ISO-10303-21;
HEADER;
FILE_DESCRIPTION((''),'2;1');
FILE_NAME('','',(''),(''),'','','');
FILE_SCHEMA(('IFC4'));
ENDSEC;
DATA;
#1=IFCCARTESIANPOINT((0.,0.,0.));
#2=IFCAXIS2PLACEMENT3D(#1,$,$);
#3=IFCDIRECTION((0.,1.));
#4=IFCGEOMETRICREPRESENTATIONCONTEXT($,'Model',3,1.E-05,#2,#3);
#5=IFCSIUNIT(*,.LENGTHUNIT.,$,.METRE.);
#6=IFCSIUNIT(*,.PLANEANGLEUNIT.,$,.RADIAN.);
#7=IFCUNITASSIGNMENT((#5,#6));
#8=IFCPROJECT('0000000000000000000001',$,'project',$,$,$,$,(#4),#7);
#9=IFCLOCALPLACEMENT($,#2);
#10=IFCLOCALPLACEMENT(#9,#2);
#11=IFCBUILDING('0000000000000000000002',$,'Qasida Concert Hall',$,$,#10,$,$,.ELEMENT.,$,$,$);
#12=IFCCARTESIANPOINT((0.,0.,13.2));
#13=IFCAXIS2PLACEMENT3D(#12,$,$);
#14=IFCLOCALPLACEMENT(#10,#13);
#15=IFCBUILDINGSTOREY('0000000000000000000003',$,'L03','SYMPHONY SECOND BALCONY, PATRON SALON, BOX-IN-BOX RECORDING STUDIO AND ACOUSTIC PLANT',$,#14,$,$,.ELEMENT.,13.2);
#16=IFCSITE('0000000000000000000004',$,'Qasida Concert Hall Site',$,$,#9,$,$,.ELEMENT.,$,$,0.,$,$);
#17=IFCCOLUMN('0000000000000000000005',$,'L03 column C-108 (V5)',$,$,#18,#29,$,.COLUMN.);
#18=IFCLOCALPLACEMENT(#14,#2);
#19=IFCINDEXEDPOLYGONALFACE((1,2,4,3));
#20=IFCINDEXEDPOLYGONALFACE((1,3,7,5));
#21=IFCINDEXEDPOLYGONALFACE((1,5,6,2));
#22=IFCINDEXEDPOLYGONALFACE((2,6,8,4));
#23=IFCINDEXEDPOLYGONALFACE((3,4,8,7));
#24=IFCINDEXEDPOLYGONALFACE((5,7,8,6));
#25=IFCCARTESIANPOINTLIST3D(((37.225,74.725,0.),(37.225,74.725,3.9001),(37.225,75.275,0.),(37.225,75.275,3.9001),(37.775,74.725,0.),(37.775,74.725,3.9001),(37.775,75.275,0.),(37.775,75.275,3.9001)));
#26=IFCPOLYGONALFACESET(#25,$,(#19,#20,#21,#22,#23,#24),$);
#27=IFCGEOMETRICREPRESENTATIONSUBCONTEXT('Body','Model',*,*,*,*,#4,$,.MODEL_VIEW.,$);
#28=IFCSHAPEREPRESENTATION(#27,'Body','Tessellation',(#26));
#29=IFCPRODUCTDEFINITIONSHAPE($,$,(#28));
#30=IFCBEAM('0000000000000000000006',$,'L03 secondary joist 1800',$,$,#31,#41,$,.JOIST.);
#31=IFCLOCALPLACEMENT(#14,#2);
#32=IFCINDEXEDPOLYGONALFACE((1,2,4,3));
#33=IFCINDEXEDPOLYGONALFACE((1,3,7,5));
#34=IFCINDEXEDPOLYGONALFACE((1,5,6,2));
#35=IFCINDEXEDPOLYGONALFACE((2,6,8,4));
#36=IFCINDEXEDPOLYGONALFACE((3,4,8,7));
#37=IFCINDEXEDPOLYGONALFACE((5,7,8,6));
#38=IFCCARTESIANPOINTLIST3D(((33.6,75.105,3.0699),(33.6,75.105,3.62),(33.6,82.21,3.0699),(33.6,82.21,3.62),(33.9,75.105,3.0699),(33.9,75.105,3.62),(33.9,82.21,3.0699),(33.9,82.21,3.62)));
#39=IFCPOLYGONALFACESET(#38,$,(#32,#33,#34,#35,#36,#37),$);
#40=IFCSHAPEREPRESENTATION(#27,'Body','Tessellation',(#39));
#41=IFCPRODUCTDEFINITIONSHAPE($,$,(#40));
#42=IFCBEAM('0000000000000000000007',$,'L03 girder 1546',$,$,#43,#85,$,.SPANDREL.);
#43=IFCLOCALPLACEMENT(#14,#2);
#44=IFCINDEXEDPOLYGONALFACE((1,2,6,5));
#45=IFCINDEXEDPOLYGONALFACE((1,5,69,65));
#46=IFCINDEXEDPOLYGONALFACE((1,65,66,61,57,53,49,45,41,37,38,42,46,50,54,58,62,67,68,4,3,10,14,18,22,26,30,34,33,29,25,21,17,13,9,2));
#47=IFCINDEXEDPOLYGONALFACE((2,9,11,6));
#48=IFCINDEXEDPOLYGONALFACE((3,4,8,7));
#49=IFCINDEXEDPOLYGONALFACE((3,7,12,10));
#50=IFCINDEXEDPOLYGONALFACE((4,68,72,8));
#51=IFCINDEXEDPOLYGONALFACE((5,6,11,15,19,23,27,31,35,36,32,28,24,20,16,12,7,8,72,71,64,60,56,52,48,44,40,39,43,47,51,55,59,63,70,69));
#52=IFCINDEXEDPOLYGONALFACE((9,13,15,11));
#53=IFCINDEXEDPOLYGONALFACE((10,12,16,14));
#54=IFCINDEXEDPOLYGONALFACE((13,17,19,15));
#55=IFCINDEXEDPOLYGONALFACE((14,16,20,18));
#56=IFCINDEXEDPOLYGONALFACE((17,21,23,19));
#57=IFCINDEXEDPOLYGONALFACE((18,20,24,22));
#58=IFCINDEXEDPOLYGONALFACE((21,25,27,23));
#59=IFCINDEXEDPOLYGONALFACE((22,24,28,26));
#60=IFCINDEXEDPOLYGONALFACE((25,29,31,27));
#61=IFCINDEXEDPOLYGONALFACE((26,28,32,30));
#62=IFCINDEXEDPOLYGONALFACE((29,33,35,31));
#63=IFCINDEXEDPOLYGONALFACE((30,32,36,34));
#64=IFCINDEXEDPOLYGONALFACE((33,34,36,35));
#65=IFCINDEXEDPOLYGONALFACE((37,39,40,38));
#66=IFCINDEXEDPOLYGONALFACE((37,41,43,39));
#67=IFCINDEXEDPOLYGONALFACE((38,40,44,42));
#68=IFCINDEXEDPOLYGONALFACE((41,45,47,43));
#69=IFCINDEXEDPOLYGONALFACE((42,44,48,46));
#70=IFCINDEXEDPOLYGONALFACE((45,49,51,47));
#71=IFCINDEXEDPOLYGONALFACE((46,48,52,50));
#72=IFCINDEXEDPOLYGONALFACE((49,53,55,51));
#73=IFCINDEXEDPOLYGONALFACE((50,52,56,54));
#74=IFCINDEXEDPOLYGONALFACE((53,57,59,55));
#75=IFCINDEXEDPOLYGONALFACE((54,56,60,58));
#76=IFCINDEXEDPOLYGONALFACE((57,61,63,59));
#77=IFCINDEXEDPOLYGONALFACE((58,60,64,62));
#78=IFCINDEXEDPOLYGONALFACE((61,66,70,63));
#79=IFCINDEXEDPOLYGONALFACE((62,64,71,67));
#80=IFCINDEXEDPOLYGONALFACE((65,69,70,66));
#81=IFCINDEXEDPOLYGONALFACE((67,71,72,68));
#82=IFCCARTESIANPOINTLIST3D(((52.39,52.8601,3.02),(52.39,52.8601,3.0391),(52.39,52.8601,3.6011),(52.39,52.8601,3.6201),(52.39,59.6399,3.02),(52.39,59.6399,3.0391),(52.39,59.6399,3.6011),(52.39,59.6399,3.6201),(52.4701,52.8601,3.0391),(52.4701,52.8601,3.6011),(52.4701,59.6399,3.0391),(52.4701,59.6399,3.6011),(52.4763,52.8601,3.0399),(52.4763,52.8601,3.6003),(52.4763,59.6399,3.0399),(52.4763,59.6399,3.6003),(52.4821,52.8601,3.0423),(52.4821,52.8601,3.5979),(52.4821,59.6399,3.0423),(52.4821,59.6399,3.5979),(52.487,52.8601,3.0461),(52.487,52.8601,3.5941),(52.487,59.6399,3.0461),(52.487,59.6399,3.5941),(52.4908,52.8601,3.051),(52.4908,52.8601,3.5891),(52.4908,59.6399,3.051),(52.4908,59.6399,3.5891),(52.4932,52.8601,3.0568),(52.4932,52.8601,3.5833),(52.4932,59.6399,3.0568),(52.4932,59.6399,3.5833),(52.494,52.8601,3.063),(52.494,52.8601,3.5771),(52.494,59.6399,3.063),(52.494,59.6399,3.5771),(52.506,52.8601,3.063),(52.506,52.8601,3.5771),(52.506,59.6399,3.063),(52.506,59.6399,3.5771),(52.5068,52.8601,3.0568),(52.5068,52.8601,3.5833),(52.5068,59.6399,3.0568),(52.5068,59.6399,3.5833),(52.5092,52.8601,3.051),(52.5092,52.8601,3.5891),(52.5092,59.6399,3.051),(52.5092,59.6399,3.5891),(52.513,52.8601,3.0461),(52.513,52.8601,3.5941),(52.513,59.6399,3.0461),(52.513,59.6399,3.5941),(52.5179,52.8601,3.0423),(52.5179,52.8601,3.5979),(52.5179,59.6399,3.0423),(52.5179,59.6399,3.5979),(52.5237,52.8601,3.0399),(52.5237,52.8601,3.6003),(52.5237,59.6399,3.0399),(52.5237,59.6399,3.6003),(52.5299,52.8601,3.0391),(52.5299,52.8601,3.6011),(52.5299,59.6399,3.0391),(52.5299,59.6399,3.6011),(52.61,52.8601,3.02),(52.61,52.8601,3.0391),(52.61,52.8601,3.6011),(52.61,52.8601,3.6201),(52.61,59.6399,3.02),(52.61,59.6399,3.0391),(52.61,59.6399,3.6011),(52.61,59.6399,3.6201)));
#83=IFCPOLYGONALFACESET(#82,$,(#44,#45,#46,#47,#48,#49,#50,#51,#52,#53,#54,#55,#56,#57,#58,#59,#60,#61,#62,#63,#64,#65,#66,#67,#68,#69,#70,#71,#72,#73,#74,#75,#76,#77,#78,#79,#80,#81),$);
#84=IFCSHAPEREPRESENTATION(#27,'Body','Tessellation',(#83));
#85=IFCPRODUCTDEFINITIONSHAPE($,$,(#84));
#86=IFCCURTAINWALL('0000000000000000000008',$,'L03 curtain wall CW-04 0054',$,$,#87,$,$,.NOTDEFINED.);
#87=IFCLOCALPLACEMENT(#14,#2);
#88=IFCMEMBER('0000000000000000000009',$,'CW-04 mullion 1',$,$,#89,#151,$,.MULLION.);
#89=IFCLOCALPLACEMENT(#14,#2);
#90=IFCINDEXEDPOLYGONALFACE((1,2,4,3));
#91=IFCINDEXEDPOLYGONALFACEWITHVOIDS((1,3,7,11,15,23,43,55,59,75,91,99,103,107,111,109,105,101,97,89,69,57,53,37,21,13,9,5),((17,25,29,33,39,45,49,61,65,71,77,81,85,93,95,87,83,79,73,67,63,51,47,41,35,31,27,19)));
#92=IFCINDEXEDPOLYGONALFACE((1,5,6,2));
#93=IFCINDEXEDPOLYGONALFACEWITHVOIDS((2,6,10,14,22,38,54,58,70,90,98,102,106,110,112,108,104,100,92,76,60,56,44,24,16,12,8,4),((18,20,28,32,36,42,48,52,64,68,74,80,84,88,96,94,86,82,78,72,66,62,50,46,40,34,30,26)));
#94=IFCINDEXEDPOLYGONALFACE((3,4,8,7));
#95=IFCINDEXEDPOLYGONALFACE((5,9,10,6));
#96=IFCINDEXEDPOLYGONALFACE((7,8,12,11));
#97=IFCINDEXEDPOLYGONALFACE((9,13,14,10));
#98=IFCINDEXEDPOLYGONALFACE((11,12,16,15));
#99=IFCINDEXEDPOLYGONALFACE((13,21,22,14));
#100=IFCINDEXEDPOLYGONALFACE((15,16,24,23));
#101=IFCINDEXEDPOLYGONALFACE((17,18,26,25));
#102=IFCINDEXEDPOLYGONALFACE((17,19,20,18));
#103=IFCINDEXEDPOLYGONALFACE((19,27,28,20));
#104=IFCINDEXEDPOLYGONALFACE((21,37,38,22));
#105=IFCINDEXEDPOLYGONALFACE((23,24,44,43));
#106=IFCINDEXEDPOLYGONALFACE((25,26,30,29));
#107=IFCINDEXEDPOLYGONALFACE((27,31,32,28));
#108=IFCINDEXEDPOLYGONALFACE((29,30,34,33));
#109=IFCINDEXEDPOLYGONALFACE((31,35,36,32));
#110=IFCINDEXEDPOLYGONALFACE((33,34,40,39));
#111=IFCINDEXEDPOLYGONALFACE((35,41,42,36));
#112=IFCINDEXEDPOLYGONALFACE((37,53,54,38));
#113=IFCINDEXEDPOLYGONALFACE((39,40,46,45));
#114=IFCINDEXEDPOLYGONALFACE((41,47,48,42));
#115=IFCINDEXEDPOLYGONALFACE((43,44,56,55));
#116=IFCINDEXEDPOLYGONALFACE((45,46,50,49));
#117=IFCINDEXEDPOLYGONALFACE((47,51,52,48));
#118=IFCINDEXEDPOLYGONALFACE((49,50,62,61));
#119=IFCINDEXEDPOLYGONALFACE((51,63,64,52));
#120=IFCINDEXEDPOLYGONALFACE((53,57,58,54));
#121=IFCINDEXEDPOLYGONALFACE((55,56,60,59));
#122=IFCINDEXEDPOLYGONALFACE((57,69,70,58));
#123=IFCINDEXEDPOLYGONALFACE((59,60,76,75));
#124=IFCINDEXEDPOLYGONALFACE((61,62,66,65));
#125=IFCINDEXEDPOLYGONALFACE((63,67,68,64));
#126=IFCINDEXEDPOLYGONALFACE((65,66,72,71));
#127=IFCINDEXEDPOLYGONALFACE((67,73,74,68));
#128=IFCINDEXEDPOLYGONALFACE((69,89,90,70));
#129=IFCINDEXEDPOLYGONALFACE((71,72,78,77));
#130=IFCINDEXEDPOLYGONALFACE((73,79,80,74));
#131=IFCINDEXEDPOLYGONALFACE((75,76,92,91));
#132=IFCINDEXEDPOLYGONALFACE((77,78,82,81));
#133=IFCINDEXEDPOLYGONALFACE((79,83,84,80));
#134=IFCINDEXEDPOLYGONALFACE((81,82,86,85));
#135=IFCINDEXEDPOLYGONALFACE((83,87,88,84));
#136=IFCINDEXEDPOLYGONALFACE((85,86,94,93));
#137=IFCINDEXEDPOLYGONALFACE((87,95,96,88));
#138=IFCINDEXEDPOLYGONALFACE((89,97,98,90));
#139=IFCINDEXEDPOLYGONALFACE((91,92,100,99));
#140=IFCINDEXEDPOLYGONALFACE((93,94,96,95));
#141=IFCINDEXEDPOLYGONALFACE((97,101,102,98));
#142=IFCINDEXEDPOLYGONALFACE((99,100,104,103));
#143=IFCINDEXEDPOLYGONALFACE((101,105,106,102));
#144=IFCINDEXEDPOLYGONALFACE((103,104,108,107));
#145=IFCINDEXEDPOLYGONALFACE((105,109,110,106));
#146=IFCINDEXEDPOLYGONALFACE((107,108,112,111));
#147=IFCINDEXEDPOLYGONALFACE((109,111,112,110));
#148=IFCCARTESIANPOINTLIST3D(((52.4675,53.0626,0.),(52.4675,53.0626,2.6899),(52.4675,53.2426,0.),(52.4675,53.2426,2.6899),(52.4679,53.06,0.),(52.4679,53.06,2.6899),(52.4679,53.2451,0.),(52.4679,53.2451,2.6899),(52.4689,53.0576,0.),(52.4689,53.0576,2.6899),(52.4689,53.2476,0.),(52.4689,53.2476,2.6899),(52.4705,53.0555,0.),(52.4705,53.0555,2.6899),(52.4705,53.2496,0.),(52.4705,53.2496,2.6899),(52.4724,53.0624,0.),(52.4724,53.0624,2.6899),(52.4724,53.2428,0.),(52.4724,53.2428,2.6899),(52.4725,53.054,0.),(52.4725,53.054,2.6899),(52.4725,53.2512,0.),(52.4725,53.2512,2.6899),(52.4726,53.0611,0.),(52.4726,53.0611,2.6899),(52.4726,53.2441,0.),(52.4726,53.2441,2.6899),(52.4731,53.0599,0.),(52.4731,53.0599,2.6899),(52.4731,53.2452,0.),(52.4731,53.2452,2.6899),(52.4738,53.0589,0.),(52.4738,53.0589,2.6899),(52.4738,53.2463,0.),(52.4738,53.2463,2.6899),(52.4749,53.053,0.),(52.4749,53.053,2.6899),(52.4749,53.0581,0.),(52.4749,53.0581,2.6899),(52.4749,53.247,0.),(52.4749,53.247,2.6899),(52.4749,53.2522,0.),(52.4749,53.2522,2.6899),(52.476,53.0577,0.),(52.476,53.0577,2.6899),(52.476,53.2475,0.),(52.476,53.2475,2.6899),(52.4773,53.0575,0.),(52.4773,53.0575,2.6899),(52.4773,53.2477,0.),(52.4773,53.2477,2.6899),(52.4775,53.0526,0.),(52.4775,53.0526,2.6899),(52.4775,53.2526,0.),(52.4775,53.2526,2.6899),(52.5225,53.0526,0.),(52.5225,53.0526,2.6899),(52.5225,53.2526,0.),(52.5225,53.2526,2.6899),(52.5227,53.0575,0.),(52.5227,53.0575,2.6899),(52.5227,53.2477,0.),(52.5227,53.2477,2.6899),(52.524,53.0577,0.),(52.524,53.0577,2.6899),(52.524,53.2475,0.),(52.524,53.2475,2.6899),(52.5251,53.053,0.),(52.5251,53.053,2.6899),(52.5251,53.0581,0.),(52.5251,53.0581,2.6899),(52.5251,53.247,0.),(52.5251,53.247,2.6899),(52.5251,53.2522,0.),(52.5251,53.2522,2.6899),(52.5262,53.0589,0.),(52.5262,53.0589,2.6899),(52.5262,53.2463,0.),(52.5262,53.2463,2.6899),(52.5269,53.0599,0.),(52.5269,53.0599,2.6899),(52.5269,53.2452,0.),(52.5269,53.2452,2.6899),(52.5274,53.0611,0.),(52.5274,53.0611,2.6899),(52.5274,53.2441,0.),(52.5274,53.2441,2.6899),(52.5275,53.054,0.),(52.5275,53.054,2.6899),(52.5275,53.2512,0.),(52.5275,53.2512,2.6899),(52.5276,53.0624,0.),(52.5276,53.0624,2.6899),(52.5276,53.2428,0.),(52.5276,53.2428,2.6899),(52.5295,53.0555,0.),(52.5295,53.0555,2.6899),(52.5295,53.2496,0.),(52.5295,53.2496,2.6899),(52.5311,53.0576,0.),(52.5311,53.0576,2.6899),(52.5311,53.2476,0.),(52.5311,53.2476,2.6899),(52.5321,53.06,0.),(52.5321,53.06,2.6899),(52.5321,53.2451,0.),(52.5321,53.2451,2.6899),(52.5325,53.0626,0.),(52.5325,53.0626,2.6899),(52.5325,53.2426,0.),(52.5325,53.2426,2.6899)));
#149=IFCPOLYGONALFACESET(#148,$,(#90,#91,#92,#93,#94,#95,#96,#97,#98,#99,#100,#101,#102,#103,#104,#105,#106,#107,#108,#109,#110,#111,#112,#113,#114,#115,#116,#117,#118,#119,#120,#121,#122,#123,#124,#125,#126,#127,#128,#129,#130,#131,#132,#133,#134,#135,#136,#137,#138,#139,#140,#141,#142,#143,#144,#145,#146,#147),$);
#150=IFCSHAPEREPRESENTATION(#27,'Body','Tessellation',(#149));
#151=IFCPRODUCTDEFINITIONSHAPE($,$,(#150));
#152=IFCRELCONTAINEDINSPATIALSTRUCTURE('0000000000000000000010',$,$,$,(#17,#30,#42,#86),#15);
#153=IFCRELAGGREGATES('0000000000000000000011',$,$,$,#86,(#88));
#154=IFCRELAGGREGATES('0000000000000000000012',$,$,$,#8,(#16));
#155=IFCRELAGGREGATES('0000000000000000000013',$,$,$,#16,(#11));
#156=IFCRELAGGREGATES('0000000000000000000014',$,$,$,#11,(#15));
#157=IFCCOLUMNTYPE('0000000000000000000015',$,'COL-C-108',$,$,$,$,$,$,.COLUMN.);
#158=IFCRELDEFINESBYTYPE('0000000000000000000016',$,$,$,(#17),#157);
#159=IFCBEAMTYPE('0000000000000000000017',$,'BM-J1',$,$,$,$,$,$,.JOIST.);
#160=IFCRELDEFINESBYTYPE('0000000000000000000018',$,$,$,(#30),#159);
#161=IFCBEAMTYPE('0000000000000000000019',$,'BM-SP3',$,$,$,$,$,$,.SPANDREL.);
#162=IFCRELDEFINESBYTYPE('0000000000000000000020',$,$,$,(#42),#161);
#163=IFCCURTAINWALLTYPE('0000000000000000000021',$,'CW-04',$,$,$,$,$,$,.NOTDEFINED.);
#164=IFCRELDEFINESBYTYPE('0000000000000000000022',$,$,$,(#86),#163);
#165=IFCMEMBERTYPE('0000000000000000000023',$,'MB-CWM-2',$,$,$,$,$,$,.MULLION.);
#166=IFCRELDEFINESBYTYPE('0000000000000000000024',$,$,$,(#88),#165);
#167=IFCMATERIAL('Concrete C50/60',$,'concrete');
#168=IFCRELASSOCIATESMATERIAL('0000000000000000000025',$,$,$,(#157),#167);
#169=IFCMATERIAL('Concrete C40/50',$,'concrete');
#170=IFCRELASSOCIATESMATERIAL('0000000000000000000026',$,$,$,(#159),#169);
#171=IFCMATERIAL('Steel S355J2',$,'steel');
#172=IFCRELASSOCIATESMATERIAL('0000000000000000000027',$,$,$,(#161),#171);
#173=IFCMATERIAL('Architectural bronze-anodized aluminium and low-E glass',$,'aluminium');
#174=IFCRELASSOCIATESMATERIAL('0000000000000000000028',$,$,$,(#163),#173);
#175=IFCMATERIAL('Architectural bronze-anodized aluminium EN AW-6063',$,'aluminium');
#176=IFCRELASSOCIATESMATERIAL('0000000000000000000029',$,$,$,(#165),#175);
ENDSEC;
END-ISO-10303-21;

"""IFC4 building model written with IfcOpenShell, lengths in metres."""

from ifc_helpers import new_model, si_unit, direction, frame, origin, origin_2d, place, context, subcontext, project, spatial, rectangle, hollow_rectangle, i_section, extrude, material, material_profile, profile_set, type_object, element, aggregate, save


model = new_model("IFC4")

# Units and contexts
model_context = context("Model", 3, precision=1e-05, world=origin(), true_north=direction((0.0, 1.0)))
body_context = subcontext(model_context, "Body", "Model", "MODEL_VIEW")
ifc_project = project(units=[si_unit("LENGTHUNIT", "METRE"), si_unit("PLANEANGLEUNIT", "RADIAN")], contexts=[model_context])

# Site, building, storey
site_placement = place(None, origin())
site = spatial("IfcSite", under=ifc_project, at=site_placement, Name="Qasida Concert Hall Site", CompositionType="ELEMENT", RefElevation=0.0)
building_placement = place(site_placement, origin())
building = spatial("IfcBuilding", under=site, at=building_placement, Name="Qasida Concert Hall", CompositionType="ELEMENT")
storey_placement = place(building_placement, frame((0.0, 0.0, 13.2)))
storey = spatial("IfcBuildingStorey", under=building, at=storey_placement, Name="L03", Description="SYMPHONY SECOND BALCONY, PATRON SALON, BOX-IN-BOX RECORDING STUDIO AND ACOUSTIC PLANT", CompositionType="ELEMENT", Elevation=13.2)

# Column
ifc_material_1 = material(Name="Concrete C50/60", Category="concrete")
ifc_material_profile_1 = material_profile(ifc_material_1, rectangle(XDim=0.55, YDim=0.55, at=origin_2d()), Name="RC 550x550")
ifc_profile_set_1 = profile_set([ifc_material_profile_1], Name="Concrete C50/60")
column_type = type_object("IfcColumnType", Name="COL-C-108", PredefinedType="COLUMN", material=ifc_profile_set_1)
column_placement = place(storey_placement, frame((37.5, 75.0, 0.0), z_axis=(0.0, 0.0, 1.0), x_axis=(1.0, 0.0, 0.0)))
element("IfcColumn", 1, at=column_placement, inside=storey, type_object=column_type, Name="L03 column C-108 (V5)", PredefinedType="COLUMN", context=body_context, shape_type="SweptSolid", body=[
    extrude(rectangle(XDim=0.55, YDim=0.55, at=origin_2d()), origin(), (0.0, 0.0, 1.0), 3.9001),
])

# Beams
ifc_material_2 = material(Name="Concrete C40/50", Category="concrete")
ifc_material_profile_2 = material_profile(ifc_material_2, rectangle(XDim=0.3, YDim=0.55, at=origin_2d()), Name="RC 300x550")
ifc_profile_set_2 = profile_set([ifc_material_profile_2], Name="Concrete C40/50")
beam_type_1 = type_object("IfcBeamType", Name="BM-J1", PredefinedType="JOIST", material=ifc_profile_set_2)
beam_1_placement = place(storey_placement, frame((33.75, 75.105, 3.345), z_axis=(0.0, 1.0, 0.0), x_axis=(-1.0, 0.0, 0.0)))
element("IfcBeam", 2, at=beam_1_placement, inside=storey, type_object=beam_type_1, Name="L03 secondary joist 1800", PredefinedType="JOIST", context=body_context, shape_type="SweptSolid", body=[
    extrude(rectangle(XDim=0.3, YDim=0.55, at=origin_2d()), origin(), (0.0, 0.0, 1.0), 7.105),
])
ifc_material_3 = material(Name="Steel S355J2", Category="steel")
ifc_material_profile_3 = material_profile(ifc_material_3, i_section(OverallWidth=0.22, OverallDepth=0.6001, WebThickness=0.012, FlangeThickness=0.019, FilletRadius=0.0239, at=origin_2d()), Name="IPE 600")
ifc_profile_set_3 = profile_set([ifc_material_profile_3], Name="Steel S355J2")
beam_type_2 = type_object("IfcBeamType", Name="BM-SP3", PredefinedType="SPANDREL", material=ifc_profile_set_3)
beam_2_placement = place(storey_placement, frame((52.5, 52.8601, 3.3201), z_axis=(0.0, 1.0, 0.0), x_axis=(-1.0, 0.0, 0.0)))
element("IfcBeam", 3, at=beam_2_placement, inside=storey, type_object=beam_type_2, Name="L03 girder 1546", PredefinedType="SPANDREL", context=body_context, shape_type="SweptSolid", body=[
    extrude(i_section(OverallWidth=0.22, OverallDepth=0.6001, WebThickness=0.012, FlangeThickness=0.019, FilletRadius=0.0239, at=origin_2d()), origin(), (0.0, 0.0, 1.0), 6.7798),
])

# Curtain wall, member
ifc_material_4 = material(Name="Architectural bronze-anodized aluminium and low-E glass", Category="aluminium")
curtain_wall_type = type_object("IfcCurtainWallType", Name="CW-04", PredefinedType="NOTDEFINED", material=ifc_material_4)
curtain_wall_placement = place(storey_placement, origin())
curtain_wall = element("IfcCurtainWall", 4, at=curtain_wall_placement, inside=storey, type_object=curtain_wall_type, Name="L03 curtain wall CW-04 0054", PredefinedType="NOTDEFINED")
ifc_material_5 = material(Name="Architectural bronze-anodized aluminium EN AW-6063", Category="aluminium")
ifc_material_profile_4 = material_profile(ifc_material_5, hollow_rectangle(XDim=0.0649, YDim=0.2, WallThickness=0.0049, InnerFilletRadius=0.0049, OuterFilletRadius=0.01, at=origin_2d()), Name="CWM 200x65x5")
ifc_profile_set_4 = profile_set([ifc_material_profile_4], Name="Architectural bronze-anodized aluminium EN AW-6063")
member_type_1 = type_object("IfcMemberType", Name="MB-CWM-2", PredefinedType="MULLION", material=ifc_profile_set_4)
member_1_placement = place(storey_placement, frame((52.5, 53.1526, 0.0), z_axis=(0.0, 0.0, 1.0), x_axis=(-1.0, 0.0, 0.0)))
member_1 = element("IfcMember", 5, at=member_1_placement, type_object=member_type_1, Name="CW-04 mullion 1", PredefinedType="MULLION", context=body_context, shape_type="SweptSolid", body=[
    extrude(hollow_rectangle(XDim=0.0649, YDim=0.2, WallThickness=0.0049, InnerFilletRadius=0.0049, OuterFilletRadius=0.01, at=origin_2d()), origin(), (0.0, 0.0, 1.0), 2.6899),
])
aggregate(curtain_wall, [member_1])

save(model, "model.ifc")
